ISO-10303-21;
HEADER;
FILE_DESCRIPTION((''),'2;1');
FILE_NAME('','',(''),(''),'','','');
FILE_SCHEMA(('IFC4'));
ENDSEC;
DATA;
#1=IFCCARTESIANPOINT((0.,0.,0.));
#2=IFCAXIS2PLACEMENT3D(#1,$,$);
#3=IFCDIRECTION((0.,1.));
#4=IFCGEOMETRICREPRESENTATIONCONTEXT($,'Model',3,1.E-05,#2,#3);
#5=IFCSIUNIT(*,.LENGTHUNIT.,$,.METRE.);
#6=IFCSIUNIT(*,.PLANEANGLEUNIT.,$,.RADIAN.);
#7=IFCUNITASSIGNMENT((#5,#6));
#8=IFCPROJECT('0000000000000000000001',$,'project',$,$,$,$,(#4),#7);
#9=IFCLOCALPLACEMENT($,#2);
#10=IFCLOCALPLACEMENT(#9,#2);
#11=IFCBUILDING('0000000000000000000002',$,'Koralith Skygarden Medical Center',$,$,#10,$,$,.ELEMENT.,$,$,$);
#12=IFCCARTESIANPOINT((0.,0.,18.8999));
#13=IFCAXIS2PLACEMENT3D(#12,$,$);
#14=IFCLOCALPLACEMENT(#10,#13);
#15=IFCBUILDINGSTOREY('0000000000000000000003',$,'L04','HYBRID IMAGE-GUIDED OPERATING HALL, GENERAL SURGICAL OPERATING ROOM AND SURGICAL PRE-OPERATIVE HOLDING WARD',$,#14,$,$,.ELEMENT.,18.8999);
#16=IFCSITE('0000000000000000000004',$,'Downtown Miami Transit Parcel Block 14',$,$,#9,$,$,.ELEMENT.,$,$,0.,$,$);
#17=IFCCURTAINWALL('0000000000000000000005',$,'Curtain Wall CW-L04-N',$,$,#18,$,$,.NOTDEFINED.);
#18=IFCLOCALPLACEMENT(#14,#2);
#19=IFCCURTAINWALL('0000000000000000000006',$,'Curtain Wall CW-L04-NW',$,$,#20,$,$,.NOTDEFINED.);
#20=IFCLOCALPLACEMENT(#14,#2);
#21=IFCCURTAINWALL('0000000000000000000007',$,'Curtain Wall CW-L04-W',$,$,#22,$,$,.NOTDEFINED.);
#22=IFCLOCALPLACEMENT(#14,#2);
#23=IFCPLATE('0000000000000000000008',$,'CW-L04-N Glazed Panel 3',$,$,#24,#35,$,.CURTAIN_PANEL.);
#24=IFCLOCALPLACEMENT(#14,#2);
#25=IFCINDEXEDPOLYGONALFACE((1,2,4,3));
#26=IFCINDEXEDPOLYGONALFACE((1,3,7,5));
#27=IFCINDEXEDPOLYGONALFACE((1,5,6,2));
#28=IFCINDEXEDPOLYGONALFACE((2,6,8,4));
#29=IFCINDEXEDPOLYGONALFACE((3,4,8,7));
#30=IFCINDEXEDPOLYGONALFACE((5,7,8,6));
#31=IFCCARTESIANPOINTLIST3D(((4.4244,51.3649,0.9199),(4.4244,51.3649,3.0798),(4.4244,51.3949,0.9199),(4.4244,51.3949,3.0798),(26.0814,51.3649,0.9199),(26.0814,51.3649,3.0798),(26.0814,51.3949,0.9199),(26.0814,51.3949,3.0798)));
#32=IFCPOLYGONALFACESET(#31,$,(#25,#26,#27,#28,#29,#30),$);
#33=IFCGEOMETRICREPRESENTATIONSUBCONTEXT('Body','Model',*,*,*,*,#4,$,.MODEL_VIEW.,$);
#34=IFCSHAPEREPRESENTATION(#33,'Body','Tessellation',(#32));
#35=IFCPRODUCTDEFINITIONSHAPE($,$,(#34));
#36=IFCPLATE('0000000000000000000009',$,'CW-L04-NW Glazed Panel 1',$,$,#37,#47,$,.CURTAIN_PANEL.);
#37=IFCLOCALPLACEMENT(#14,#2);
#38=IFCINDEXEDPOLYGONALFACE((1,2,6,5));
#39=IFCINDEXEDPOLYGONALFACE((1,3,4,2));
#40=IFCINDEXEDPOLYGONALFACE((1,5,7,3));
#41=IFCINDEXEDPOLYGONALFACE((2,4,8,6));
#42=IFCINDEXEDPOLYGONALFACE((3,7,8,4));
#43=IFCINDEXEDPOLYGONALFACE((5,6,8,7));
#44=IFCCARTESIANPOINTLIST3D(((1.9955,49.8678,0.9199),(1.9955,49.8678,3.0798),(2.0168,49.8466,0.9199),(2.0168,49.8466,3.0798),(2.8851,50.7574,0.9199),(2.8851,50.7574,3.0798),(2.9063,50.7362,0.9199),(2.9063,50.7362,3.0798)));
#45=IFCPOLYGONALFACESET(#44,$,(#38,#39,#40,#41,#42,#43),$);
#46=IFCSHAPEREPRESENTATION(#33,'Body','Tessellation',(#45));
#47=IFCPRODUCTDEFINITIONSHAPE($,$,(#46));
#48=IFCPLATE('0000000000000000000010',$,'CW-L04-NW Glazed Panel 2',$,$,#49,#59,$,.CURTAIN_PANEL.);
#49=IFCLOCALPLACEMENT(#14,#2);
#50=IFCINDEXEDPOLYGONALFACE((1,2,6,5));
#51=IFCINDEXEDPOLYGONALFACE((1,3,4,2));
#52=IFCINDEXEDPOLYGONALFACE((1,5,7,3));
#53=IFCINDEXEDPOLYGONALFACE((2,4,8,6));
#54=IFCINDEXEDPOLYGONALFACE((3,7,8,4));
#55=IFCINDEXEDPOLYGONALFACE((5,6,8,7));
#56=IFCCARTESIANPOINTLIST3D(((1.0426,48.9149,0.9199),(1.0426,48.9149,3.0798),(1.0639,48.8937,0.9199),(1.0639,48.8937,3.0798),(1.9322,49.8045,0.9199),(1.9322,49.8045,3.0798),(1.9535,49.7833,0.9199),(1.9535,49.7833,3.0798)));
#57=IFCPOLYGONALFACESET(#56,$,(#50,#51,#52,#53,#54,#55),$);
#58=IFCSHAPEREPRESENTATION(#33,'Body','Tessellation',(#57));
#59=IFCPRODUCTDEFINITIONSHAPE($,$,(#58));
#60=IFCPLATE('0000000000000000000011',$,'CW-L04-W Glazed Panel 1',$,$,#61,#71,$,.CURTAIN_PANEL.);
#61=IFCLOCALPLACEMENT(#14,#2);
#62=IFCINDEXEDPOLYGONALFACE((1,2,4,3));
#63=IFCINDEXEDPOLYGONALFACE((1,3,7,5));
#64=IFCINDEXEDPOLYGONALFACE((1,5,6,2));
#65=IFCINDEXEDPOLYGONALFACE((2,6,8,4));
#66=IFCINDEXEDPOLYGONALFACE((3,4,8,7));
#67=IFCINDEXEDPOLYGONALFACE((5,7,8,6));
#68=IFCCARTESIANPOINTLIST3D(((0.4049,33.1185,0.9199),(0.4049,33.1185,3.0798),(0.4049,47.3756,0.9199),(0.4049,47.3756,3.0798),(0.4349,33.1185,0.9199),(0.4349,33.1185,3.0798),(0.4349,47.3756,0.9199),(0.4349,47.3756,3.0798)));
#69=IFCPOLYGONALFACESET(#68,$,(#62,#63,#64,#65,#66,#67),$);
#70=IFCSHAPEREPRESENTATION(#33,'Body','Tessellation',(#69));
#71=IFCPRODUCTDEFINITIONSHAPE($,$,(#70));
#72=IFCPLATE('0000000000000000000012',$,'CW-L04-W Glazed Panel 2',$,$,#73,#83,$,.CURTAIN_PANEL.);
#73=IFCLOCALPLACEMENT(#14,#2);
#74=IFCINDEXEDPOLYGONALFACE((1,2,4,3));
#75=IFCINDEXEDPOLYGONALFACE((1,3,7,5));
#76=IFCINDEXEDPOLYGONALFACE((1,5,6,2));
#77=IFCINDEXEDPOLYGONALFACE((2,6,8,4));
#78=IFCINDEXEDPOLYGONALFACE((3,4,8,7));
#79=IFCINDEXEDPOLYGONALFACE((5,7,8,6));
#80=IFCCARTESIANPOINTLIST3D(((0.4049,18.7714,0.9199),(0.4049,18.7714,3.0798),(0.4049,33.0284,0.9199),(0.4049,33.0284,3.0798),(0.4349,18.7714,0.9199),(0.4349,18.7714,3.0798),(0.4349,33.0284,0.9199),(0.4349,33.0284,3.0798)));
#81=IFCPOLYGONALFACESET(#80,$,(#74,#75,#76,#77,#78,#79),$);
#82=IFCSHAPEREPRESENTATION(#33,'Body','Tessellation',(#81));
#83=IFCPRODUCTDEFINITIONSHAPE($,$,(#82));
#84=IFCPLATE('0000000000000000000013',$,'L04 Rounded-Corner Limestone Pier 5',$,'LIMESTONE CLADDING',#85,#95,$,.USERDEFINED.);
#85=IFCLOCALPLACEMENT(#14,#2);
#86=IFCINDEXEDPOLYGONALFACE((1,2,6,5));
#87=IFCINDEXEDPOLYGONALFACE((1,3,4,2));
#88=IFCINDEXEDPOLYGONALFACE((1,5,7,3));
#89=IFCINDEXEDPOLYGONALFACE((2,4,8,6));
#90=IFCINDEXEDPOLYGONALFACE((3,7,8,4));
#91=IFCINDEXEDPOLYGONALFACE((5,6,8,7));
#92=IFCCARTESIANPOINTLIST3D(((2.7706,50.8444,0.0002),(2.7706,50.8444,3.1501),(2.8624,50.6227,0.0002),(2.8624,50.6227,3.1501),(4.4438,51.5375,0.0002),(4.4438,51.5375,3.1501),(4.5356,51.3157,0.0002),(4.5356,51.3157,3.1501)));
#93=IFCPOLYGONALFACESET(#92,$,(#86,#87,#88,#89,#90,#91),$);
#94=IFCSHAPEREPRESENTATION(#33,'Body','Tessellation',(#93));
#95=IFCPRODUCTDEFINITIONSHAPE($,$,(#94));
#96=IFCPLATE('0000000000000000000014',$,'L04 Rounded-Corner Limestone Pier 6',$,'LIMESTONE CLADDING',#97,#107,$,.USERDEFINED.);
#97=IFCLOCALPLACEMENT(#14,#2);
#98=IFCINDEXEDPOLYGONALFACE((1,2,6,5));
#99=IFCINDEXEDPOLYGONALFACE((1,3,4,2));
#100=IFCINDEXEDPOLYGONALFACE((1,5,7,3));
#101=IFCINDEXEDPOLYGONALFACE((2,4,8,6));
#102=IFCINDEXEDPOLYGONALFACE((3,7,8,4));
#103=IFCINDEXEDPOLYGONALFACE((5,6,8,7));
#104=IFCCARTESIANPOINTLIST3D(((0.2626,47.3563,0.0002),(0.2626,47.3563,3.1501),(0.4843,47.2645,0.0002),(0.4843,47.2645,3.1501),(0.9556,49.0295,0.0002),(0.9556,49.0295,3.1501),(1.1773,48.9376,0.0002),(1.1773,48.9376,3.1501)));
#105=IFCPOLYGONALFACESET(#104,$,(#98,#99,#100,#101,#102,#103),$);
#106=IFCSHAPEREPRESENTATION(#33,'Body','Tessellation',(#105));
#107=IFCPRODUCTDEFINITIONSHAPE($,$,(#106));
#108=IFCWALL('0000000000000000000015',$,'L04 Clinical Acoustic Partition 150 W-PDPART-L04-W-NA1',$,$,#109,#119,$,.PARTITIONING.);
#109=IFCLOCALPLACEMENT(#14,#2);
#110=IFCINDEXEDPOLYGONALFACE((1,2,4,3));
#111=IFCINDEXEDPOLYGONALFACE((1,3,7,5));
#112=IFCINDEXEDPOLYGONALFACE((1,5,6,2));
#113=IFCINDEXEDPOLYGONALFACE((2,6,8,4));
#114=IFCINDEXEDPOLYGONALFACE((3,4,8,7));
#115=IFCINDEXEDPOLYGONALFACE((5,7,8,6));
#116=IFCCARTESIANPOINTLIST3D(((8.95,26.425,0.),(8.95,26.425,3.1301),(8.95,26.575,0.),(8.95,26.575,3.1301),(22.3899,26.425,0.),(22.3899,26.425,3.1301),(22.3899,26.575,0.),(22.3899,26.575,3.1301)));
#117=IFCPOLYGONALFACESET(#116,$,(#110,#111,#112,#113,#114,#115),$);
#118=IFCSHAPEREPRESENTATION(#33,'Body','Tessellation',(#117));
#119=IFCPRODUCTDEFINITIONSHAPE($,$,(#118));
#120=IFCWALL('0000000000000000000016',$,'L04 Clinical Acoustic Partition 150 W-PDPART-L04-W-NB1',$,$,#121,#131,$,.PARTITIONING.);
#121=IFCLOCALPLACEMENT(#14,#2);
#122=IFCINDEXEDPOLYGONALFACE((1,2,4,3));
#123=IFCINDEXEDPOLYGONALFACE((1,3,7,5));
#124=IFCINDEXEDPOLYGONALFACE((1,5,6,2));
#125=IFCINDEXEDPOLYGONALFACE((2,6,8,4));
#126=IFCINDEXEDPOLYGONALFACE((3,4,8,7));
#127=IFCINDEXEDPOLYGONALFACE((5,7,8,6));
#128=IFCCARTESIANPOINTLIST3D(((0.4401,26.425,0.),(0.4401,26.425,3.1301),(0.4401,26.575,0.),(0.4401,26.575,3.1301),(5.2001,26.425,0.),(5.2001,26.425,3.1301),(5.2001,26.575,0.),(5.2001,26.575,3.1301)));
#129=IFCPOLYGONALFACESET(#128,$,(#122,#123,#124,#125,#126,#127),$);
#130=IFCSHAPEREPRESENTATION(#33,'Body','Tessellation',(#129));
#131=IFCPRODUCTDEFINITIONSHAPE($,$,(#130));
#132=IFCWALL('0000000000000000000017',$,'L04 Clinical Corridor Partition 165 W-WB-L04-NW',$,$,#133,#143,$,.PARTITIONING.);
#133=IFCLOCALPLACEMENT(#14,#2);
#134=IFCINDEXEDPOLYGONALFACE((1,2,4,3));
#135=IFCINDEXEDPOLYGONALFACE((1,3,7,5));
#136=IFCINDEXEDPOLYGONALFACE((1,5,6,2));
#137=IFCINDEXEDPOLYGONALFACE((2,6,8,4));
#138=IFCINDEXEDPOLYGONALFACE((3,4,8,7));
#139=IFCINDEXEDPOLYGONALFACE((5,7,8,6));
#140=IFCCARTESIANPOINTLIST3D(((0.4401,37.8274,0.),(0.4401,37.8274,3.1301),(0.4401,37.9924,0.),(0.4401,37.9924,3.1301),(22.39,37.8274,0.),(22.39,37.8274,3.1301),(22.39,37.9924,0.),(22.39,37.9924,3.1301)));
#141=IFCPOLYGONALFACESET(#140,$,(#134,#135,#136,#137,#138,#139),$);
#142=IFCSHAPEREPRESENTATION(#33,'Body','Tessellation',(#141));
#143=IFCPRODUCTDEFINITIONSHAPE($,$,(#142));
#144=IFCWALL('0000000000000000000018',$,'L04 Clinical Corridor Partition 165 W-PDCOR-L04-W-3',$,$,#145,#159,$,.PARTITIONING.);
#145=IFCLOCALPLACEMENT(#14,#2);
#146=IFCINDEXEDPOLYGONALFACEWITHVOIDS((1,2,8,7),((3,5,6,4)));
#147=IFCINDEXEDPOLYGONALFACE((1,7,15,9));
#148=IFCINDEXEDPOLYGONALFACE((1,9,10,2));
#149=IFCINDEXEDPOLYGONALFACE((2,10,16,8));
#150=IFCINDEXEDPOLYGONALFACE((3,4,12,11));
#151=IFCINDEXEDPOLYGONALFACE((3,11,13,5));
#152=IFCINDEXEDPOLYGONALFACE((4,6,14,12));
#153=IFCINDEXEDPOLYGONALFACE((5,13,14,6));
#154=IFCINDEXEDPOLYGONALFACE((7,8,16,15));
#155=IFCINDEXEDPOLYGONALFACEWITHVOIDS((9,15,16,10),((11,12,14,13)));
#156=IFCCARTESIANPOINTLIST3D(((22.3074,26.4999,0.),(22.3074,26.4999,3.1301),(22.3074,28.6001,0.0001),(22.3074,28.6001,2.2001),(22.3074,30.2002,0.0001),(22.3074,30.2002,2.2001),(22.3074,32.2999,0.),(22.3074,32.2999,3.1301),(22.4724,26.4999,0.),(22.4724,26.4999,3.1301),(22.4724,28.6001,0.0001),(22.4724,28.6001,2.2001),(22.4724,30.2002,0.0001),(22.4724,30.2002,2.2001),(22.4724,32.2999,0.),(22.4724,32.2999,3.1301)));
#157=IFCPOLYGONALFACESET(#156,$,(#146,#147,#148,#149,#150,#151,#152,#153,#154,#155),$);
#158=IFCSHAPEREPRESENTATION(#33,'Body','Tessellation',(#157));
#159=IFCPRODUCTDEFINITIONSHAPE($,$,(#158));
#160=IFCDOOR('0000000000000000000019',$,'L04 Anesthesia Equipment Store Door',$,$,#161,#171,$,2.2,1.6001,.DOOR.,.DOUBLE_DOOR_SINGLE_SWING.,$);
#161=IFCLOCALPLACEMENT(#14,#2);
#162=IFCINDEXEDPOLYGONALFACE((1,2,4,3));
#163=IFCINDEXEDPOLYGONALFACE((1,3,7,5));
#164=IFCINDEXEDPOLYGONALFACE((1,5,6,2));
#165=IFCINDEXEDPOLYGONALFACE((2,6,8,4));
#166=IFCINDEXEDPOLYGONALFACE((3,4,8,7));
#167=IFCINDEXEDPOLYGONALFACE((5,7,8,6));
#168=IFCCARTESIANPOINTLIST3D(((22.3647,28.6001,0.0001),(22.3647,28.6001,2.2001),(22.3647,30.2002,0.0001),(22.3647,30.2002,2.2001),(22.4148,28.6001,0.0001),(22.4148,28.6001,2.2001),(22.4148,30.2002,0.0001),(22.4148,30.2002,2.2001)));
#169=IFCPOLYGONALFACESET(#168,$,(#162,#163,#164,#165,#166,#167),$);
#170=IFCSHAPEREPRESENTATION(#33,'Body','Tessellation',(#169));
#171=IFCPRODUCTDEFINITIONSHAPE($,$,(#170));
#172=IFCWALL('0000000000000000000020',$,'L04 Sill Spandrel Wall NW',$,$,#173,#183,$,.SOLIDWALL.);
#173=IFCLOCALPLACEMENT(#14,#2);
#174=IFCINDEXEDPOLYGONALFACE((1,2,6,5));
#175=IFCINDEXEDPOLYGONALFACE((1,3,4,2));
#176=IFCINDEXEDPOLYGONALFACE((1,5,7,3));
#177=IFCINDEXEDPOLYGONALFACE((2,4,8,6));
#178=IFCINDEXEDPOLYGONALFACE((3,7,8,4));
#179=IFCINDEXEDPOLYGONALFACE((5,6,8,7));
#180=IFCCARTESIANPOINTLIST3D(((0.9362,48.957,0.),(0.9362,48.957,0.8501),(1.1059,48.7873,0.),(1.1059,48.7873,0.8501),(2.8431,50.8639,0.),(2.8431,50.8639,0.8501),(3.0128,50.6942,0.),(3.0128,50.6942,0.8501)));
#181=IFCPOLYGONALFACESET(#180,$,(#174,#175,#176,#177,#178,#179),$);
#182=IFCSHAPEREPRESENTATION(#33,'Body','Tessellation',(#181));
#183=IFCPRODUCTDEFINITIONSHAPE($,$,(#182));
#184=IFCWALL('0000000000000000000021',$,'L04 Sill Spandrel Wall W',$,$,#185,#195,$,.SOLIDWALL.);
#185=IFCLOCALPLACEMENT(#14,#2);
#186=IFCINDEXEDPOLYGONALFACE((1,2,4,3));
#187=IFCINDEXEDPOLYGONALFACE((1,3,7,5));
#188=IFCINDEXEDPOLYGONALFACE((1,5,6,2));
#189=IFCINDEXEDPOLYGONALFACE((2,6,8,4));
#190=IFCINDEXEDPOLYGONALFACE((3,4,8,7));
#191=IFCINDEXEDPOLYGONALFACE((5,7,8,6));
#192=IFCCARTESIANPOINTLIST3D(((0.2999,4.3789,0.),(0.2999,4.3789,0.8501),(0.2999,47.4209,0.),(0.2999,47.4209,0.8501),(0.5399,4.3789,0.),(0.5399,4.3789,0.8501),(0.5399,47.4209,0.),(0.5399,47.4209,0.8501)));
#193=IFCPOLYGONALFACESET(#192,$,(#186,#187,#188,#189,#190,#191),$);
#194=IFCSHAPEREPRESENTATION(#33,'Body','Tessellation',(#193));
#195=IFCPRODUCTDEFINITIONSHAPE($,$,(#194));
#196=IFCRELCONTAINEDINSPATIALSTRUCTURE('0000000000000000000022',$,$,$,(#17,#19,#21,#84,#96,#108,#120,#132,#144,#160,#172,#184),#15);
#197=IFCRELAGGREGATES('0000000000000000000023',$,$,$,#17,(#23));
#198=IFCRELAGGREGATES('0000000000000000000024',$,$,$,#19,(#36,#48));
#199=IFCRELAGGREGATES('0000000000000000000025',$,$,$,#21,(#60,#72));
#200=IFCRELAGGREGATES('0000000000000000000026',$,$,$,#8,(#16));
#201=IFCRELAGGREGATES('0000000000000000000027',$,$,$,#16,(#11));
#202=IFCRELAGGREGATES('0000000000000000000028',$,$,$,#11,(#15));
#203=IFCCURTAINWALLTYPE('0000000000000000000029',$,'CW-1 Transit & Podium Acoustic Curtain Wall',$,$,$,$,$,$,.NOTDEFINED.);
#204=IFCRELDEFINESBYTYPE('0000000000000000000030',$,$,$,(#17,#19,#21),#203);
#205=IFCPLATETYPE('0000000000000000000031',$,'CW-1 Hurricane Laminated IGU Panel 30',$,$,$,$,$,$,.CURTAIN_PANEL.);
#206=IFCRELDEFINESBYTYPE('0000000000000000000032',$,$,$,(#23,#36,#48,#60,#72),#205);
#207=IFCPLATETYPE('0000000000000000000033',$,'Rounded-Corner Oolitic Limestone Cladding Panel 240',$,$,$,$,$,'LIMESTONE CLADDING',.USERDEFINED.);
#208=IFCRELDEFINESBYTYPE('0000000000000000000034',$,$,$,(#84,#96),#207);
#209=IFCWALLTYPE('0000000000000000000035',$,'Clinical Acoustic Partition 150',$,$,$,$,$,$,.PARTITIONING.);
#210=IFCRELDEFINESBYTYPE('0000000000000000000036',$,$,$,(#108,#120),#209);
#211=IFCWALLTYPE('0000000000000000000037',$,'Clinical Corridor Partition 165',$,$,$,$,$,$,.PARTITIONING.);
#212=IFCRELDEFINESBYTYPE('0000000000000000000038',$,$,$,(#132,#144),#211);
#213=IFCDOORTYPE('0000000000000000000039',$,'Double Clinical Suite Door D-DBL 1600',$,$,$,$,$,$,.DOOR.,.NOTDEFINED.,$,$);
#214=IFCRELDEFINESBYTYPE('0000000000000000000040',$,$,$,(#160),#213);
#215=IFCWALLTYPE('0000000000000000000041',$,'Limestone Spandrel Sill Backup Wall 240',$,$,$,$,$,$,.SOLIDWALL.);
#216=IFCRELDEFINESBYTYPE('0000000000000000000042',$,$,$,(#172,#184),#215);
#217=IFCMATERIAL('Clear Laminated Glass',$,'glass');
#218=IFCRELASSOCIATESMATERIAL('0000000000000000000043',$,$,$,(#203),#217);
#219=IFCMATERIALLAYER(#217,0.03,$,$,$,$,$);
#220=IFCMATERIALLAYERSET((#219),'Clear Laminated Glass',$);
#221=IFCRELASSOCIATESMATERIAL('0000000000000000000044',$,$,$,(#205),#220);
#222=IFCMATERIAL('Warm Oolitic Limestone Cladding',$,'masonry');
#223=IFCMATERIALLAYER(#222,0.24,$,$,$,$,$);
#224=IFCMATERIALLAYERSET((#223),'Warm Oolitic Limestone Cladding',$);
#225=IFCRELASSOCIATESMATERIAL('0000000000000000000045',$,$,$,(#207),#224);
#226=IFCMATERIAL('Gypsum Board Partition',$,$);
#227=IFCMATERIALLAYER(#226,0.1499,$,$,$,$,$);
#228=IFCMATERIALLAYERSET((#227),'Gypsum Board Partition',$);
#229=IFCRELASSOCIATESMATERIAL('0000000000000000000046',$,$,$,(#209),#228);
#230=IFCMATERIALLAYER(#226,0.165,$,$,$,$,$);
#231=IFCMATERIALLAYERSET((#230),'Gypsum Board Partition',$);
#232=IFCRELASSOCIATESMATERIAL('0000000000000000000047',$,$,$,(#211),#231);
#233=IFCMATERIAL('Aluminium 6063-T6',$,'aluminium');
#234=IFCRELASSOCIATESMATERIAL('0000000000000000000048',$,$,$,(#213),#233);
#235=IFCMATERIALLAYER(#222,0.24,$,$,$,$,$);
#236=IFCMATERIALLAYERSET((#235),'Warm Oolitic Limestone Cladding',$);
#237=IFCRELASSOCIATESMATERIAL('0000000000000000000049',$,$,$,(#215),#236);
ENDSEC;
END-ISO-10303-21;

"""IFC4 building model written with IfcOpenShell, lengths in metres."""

from ifc_helpers import new_model, si_unit, direction, frame, frame_2d, origin, origin_2d, place, context, subcontext, project, spatial, rectangle, extrude, material, layer, layer_set, type_object, element, fill, aggregate, save


model = new_model("IFC4")

# Units and contexts
model_context = context("Model", 3, precision=1e-05, world=origin(), true_north=direction((0.0, 1.0)))
body_context = subcontext(model_context, "Body", "Model", "MODEL_VIEW")
ifc_project = project(units=[si_unit("LENGTHUNIT", "METRE"), si_unit("PLANEANGLEUNIT", "RADIAN")], contexts=[model_context])

# Site, building, storey
site_placement = place(None, origin())
site = spatial("IfcSite", under=ifc_project, at=site_placement, Name="Downtown Miami Transit Parcel Block 14", CompositionType="ELEMENT", RefElevation=0.0)
building_placement = place(site_placement, origin())
building = spatial("IfcBuilding", under=site, at=building_placement, Name="Koralith Skygarden Medical Center", CompositionType="ELEMENT")
storey_placement = place(building_placement, frame((0.0, 0.0, 18.8999)))
storey = spatial("IfcBuildingStorey", under=building, at=storey_placement, Name="L04", Description="HYBRID IMAGE-GUIDED OPERATING HALL, GENERAL SURGICAL OPERATING ROOM AND SURGICAL PRE-OPERATIVE HOLDING WARD", CompositionType="ELEMENT", Elevation=18.8999)

# Curtain wall
ifc_material_1 = material(Name="Clear Laminated Glass", Category="glass")
curtain_wall_type = type_object("IfcCurtainWallType", Name="CW-1 Transit & Podium Acoustic Curtain Wall", PredefinedType="NOTDEFINED", material=ifc_material_1)
curtain_wall_1_placement = place(storey_placement, origin())
curtain_wall_1 = element("IfcCurtainWall", 1, at=curtain_wall_1_placement, inside=storey, type_object=curtain_wall_type, Name="Curtain Wall CW-L04-N", PredefinedType="NOTDEFINED")
ifc_material_2 = material(Name="Aluminium 6063-T6", Category="aluminium")

# Curtain walls
curtain_wall_2_placement = place(storey_placement, origin())
curtain_wall_2 = element("IfcCurtainWall", 2, at=curtain_wall_2_placement, inside=storey, type_object=curtain_wall_type, Name="Curtain Wall CW-L04-NW", PredefinedType="NOTDEFINED")
curtain_wall_3_placement = place(storey_placement, origin())
curtain_wall_3 = element("IfcCurtainWall", 3, at=curtain_wall_3_placement, inside=storey, type_object=curtain_wall_type, Name="Curtain Wall CW-L04-W", PredefinedType="NOTDEFINED")

# Plates
ifc_layer_1 = layer(ifc_material_1, 0.03)
ifc_layer_set_1 = layer_set([ifc_layer_1], Name="Clear Laminated Glass")
plate_type_1 = type_object("IfcPlateType", Name="CW-1 Hurricane Laminated IGU Panel 30", PredefinedType="CURTAIN_PANEL", material=ifc_layer_set_1)
plate_1_placement = place(storey_placement, frame((15.2529, 51.3799, 0.9199), z_axis=(0.0, 0.0, 1.0), x_axis=(-1.0, 0.0, 0.0)))
plate_1 = element("IfcPlate", 4, at=plate_1_placement, type_object=plate_type_1, Name="CW-L04-N Glazed Panel 3", PredefinedType="CURTAIN_PANEL", context=body_context, shape_type="SweptSolid", body=[
    extrude(rectangle(XDim=21.657, YDim=0.03, at=origin_2d()), origin(), (0.0, 0.0, 1.0), 2.1599),
])
aggregate(curtain_wall_1, [plate_1])
plate_2_placement = place(storey_placement, frame((2.4509, 50.302, 0.9199), z_axis=(0.0, 0.0, 1.0), x_axis=(-0.707107, -0.707107, 0.0)))
plate_2 = element("IfcPlate", 5, at=plate_2_placement, type_object=plate_type_1, Name="CW-L04-NW Glazed Panel 1", PredefinedType="CURTAIN_PANEL", context=body_context, shape_type="SweptSolid", body=[
    extrude(rectangle(XDim=1.2581, YDim=0.03, at=origin_2d()), origin(), (0.0, 0.0, 1.0), 2.1599),
])
plate_3_placement = place(storey_placement, frame((1.498, 49.3491, 0.9199), z_axis=(0.0, 0.0, 1.0), x_axis=(-0.707107, -0.707107, 0.0)))
plate_3 = element("IfcPlate", 6, at=plate_3_placement, type_object=plate_type_1, Name="CW-L04-NW Glazed Panel 2", PredefinedType="CURTAIN_PANEL", context=body_context, shape_type="SweptSolid", body=[
    extrude(rectangle(XDim=1.2581, YDim=0.03, at=origin_2d()), origin(), (0.0, 0.0, 1.0), 2.1599),
])
aggregate(curtain_wall_2, [plate_2, plate_3])
plate_4_placement = place(storey_placement, frame((0.4199, 40.2471, 0.9199), z_axis=(0.0, 0.0, 1.0), x_axis=(0.0, -1.0, 0.0)))
plate_4 = element("IfcPlate", 7, at=plate_4_placement, type_object=plate_type_1, Name="CW-L04-W Glazed Panel 1", PredefinedType="CURTAIN_PANEL", context=body_context, shape_type="SweptSolid", body=[
    extrude(rectangle(XDim=14.2571, YDim=0.03, at=origin_2d()), origin(), (0.0, 0.0, 1.0), 2.1599),
])
plate_5_placement = place(storey_placement, frame((0.4199, 25.8999, 0.9199), z_axis=(0.0, 0.0, 1.0), x_axis=(0.0, -1.0, 0.0)))
plate_5 = element("IfcPlate", 8, at=plate_5_placement, type_object=plate_type_1, Name="CW-L04-W Glazed Panel 2", PredefinedType="CURTAIN_PANEL", context=body_context, shape_type="SweptSolid", body=[
    extrude(rectangle(XDim=14.2571, YDim=0.03, at=origin_2d()), origin(), (0.0, 0.0, 1.0), 2.1599),
])
aggregate(curtain_wall_3, [plate_4, plate_5])

# Plates
ifc_material_3 = material(Name="Warm Oolitic Limestone Cladding", Category="masonry")
ifc_layer_2 = layer(ifc_material_3, 0.24)
ifc_layer_set_2 = layer_set([ifc_layer_2], Name="Warm Oolitic Limestone Cladding")
plate_type_2 = type_object("IfcPlateType", Name="Rounded-Corner Oolitic Limestone Cladding Panel 240", ElementType="LIMESTONE CLADDING", PredefinedType="USERDEFINED", material=ifc_layer_set_2)
for number, where, z_axis, x_axis, name in (
    (9, (3.6531, 51.0801, 0.0002), (0.0, 0.0, 1.0), (-0.923885, -0.382671, 0.0), "L04 Rounded-Corner Limestone Pier 5"),
    (10, (0.72, 48.147, 0.0002), (0.0, 0.0, 1.0), (-0.382671, -0.923885, 0.0), "L04 Rounded-Corner Limestone Pier 6"),
):
    element("IfcPlate", number, at=place(storey_placement, frame(where, z_axis=z_axis, x_axis=x_axis)), inside=storey, type_object=plate_type_2, Name=name, ObjectType="LIMESTONE CLADDING", PredefinedType="USERDEFINED", context=body_context, shape_type="SweptSolid", body=[
        extrude(rectangle(XDim=1.811, YDim=0.24, at=origin_2d()), origin(), (0.0, 0.0, 1.0), 3.1499),
    ])

# Walls
ifc_material_4 = material(Name="Gypsum Board Partition")
ifc_layer_3 = layer(ifc_material_4, 0.1499)
ifc_layer_set_3 = layer_set([ifc_layer_3], Name="Gypsum Board Partition")
wall_type_1 = type_object("IfcWallType", Name="Clinical Acoustic Partition 150", PredefinedType="PARTITIONING", material=ifc_layer_set_3)
wall_1_placement = place(storey_placement, frame((8.95, 26.5, 0.0), z_axis=(0.0, 0.0, 1.0), x_axis=(1.0, 0.0, 0.0)))
element("IfcWall", 11, at=wall_1_placement, inside=storey, type_object=wall_type_1, Name="L04 Clinical Acoustic Partition 150 W-PDPART-L04-W-NA1", PredefinedType="PARTITIONING", context=body_context, shape_type="SweptSolid", body=[
    extrude(rectangle(XDim=13.4399, YDim=0.1499, at=frame_2d((6.72, 0.0))), origin(), (0.0, 0.0, 1.0), 3.1301),
])
wall_2_placement = place(storey_placement, frame((5.2, 26.5, 0.0), z_axis=(0.0, 0.0, 1.0), x_axis=(-1.0, 0.0, 0.0)))
element("IfcWall", 12, at=wall_2_placement, inside=storey, type_object=wall_type_1, Name="L04 Clinical Acoustic Partition 150 W-PDPART-L04-W-NB1", PredefinedType="PARTITIONING", context=body_context, shape_type="SweptSolid", body=[
    extrude(rectangle(XDim=4.76, YDim=0.1499, at=frame_2d((2.3799, 0.0))), origin(), (0.0, 0.0, 1.0), 3.1301),
])
ifc_layer_4 = layer(ifc_material_4, 0.165)
ifc_layer_set_4 = layer_set([ifc_layer_4], Name="Gypsum Board Partition")
wall_type_2 = type_object("IfcWallType", Name="Clinical Corridor Partition 165", PredefinedType="PARTITIONING", material=ifc_layer_set_4)
wall_3_placement = place(storey_placement, frame((0.4399, 37.9099, 0.0), z_axis=(0.0, 0.0, 1.0), x_axis=(1.0, 0.0, 0.0)))
element("IfcWall", 13, at=wall_3_placement, inside=storey, type_object=wall_type_2, Name="L04 Clinical Corridor Partition 165 W-WB-L04-NW", PredefinedType="PARTITIONING", context=body_context, shape_type="SweptSolid", body=[
    extrude(rectangle(XDim=21.95, YDim=0.165, at=frame_2d((10.9751, 0.0))), origin(), (0.0, 0.0, 1.0), 3.1301),
])

# Wall, opening, door
wall_4_placement = place(storey_placement, frame((22.3899, 26.5, 0.0), z_axis=(0.0, 0.0, 1.0), x_axis=(0.0, 1.0, 0.0)))
wall_4 = element("IfcWall", 14, at=wall_4_placement, inside=storey, type_object=wall_type_2, Name="L04 Clinical Corridor Partition 165 W-PDCOR-L04-W-3", PredefinedType="PARTITIONING", context=body_context, shape_type="SweptSolid", body=[
    extrude(rectangle(XDim=5.8, YDim=0.165, at=frame_2d((2.8999, 0.0))), origin(), (0.0, 0.0, 1.0), 3.1301),
])
opening_placement = place(wall_4_placement, frame((2.1001, 0.0, 0.0)))
opening = element("IfcOpeningElement", 15, at=opening_placement, cuts=wall_4, PredefinedType="OPENING", context=body_context, shape_type="SweptSolid", body=[
    extrude(rectangle(XDim=1.6001, YDim=2.2, at=frame_2d((0.8, 1.1001))), frame((0.0, 0.0925, 0.0), z_axis=(0.0, -1.0, 0.0), x_axis=(1.0, 0.0, 0.0)), (0.0, 0.0, 1.0), 0.1851),
])
door_type = type_object("IfcDoorType", Name="Double Clinical Suite Door D-DBL 1600", OperationType="NOTDEFINED", PredefinedType="DOOR", material=ifc_material_2)
door_placement = place(opening_placement, frame((1.6001, 0.0, 0.0), z_axis=(0.0, 0.0, 1.0), x_axis=(-1.0, 0.0, 0.0)))
door = element("IfcDoor", 16, at=door_placement, inside=storey, type_object=door_type, Name="L04 Anesthesia Equipment Store Door", OperationType="DOUBLE_DOOR_SINGLE_SWING", OverallHeight=2.2, OverallWidth=1.6001, PredefinedType="DOOR", context=body_context, shape_type="SweptSolid", body=[
    extrude(rectangle(XDim=1.6001, YDim=2.2, at=frame_2d((0.8, 1.1001))), frame((0.0, 0.0249, 0.0), z_axis=(0.0, -1.0, 0.0), x_axis=(1.0, 0.0, 0.0)), (0.0, 0.0, 1.0), 0.05),
])
fill(opening, door)

# Walls
ifc_layer_5 = layer(ifc_material_3, 0.24)
ifc_layer_set_5 = layer_set([ifc_layer_5], Name="Warm Oolitic Limestone Cladding")
wall_type_3 = type_object("IfcWallType", Name="Limestone Spandrel Sill Backup Wall 240", PredefinedType="SOLIDWALL", material=ifc_layer_set_5)
wall_5_placement = place(storey_placement, frame((2.928, 50.7791, 0.0), z_axis=(0.0, 0.0, 1.0), x_axis=(-0.707107, -0.707107, 0.0)))
element("IfcWall", 17, at=wall_5_placement, inside=storey, type_object=wall_type_3, Name="L04 Sill Spandrel Wall NW", PredefinedType="SOLIDWALL", context=body_context, shape_type="SweptSolid", body=[
    extrude(rectangle(XDim=2.6968, YDim=0.24, at=frame_2d((1.3484, 0.0))), origin(), (0.0, 0.0, 1.0), 0.8501),
])
wall_6_placement = place(storey_placement, frame((0.4199, 47.4209, 0.0), z_axis=(0.0, 0.0, 1.0), x_axis=(0.0, -1.0, 0.0)))
element("IfcWall", 18, at=wall_6_placement, inside=storey, type_object=wall_type_3, Name="L04 Sill Spandrel Wall W", PredefinedType="SOLIDWALL", context=body_context, shape_type="SweptSolid", body=[
    extrude(rectangle(XDim=43.042, YDim=0.24, at=frame_2d((21.521, 0.0))), origin(), (0.0, 0.0, 1.0), 0.8501),
])

save(model, "model.ifc")
